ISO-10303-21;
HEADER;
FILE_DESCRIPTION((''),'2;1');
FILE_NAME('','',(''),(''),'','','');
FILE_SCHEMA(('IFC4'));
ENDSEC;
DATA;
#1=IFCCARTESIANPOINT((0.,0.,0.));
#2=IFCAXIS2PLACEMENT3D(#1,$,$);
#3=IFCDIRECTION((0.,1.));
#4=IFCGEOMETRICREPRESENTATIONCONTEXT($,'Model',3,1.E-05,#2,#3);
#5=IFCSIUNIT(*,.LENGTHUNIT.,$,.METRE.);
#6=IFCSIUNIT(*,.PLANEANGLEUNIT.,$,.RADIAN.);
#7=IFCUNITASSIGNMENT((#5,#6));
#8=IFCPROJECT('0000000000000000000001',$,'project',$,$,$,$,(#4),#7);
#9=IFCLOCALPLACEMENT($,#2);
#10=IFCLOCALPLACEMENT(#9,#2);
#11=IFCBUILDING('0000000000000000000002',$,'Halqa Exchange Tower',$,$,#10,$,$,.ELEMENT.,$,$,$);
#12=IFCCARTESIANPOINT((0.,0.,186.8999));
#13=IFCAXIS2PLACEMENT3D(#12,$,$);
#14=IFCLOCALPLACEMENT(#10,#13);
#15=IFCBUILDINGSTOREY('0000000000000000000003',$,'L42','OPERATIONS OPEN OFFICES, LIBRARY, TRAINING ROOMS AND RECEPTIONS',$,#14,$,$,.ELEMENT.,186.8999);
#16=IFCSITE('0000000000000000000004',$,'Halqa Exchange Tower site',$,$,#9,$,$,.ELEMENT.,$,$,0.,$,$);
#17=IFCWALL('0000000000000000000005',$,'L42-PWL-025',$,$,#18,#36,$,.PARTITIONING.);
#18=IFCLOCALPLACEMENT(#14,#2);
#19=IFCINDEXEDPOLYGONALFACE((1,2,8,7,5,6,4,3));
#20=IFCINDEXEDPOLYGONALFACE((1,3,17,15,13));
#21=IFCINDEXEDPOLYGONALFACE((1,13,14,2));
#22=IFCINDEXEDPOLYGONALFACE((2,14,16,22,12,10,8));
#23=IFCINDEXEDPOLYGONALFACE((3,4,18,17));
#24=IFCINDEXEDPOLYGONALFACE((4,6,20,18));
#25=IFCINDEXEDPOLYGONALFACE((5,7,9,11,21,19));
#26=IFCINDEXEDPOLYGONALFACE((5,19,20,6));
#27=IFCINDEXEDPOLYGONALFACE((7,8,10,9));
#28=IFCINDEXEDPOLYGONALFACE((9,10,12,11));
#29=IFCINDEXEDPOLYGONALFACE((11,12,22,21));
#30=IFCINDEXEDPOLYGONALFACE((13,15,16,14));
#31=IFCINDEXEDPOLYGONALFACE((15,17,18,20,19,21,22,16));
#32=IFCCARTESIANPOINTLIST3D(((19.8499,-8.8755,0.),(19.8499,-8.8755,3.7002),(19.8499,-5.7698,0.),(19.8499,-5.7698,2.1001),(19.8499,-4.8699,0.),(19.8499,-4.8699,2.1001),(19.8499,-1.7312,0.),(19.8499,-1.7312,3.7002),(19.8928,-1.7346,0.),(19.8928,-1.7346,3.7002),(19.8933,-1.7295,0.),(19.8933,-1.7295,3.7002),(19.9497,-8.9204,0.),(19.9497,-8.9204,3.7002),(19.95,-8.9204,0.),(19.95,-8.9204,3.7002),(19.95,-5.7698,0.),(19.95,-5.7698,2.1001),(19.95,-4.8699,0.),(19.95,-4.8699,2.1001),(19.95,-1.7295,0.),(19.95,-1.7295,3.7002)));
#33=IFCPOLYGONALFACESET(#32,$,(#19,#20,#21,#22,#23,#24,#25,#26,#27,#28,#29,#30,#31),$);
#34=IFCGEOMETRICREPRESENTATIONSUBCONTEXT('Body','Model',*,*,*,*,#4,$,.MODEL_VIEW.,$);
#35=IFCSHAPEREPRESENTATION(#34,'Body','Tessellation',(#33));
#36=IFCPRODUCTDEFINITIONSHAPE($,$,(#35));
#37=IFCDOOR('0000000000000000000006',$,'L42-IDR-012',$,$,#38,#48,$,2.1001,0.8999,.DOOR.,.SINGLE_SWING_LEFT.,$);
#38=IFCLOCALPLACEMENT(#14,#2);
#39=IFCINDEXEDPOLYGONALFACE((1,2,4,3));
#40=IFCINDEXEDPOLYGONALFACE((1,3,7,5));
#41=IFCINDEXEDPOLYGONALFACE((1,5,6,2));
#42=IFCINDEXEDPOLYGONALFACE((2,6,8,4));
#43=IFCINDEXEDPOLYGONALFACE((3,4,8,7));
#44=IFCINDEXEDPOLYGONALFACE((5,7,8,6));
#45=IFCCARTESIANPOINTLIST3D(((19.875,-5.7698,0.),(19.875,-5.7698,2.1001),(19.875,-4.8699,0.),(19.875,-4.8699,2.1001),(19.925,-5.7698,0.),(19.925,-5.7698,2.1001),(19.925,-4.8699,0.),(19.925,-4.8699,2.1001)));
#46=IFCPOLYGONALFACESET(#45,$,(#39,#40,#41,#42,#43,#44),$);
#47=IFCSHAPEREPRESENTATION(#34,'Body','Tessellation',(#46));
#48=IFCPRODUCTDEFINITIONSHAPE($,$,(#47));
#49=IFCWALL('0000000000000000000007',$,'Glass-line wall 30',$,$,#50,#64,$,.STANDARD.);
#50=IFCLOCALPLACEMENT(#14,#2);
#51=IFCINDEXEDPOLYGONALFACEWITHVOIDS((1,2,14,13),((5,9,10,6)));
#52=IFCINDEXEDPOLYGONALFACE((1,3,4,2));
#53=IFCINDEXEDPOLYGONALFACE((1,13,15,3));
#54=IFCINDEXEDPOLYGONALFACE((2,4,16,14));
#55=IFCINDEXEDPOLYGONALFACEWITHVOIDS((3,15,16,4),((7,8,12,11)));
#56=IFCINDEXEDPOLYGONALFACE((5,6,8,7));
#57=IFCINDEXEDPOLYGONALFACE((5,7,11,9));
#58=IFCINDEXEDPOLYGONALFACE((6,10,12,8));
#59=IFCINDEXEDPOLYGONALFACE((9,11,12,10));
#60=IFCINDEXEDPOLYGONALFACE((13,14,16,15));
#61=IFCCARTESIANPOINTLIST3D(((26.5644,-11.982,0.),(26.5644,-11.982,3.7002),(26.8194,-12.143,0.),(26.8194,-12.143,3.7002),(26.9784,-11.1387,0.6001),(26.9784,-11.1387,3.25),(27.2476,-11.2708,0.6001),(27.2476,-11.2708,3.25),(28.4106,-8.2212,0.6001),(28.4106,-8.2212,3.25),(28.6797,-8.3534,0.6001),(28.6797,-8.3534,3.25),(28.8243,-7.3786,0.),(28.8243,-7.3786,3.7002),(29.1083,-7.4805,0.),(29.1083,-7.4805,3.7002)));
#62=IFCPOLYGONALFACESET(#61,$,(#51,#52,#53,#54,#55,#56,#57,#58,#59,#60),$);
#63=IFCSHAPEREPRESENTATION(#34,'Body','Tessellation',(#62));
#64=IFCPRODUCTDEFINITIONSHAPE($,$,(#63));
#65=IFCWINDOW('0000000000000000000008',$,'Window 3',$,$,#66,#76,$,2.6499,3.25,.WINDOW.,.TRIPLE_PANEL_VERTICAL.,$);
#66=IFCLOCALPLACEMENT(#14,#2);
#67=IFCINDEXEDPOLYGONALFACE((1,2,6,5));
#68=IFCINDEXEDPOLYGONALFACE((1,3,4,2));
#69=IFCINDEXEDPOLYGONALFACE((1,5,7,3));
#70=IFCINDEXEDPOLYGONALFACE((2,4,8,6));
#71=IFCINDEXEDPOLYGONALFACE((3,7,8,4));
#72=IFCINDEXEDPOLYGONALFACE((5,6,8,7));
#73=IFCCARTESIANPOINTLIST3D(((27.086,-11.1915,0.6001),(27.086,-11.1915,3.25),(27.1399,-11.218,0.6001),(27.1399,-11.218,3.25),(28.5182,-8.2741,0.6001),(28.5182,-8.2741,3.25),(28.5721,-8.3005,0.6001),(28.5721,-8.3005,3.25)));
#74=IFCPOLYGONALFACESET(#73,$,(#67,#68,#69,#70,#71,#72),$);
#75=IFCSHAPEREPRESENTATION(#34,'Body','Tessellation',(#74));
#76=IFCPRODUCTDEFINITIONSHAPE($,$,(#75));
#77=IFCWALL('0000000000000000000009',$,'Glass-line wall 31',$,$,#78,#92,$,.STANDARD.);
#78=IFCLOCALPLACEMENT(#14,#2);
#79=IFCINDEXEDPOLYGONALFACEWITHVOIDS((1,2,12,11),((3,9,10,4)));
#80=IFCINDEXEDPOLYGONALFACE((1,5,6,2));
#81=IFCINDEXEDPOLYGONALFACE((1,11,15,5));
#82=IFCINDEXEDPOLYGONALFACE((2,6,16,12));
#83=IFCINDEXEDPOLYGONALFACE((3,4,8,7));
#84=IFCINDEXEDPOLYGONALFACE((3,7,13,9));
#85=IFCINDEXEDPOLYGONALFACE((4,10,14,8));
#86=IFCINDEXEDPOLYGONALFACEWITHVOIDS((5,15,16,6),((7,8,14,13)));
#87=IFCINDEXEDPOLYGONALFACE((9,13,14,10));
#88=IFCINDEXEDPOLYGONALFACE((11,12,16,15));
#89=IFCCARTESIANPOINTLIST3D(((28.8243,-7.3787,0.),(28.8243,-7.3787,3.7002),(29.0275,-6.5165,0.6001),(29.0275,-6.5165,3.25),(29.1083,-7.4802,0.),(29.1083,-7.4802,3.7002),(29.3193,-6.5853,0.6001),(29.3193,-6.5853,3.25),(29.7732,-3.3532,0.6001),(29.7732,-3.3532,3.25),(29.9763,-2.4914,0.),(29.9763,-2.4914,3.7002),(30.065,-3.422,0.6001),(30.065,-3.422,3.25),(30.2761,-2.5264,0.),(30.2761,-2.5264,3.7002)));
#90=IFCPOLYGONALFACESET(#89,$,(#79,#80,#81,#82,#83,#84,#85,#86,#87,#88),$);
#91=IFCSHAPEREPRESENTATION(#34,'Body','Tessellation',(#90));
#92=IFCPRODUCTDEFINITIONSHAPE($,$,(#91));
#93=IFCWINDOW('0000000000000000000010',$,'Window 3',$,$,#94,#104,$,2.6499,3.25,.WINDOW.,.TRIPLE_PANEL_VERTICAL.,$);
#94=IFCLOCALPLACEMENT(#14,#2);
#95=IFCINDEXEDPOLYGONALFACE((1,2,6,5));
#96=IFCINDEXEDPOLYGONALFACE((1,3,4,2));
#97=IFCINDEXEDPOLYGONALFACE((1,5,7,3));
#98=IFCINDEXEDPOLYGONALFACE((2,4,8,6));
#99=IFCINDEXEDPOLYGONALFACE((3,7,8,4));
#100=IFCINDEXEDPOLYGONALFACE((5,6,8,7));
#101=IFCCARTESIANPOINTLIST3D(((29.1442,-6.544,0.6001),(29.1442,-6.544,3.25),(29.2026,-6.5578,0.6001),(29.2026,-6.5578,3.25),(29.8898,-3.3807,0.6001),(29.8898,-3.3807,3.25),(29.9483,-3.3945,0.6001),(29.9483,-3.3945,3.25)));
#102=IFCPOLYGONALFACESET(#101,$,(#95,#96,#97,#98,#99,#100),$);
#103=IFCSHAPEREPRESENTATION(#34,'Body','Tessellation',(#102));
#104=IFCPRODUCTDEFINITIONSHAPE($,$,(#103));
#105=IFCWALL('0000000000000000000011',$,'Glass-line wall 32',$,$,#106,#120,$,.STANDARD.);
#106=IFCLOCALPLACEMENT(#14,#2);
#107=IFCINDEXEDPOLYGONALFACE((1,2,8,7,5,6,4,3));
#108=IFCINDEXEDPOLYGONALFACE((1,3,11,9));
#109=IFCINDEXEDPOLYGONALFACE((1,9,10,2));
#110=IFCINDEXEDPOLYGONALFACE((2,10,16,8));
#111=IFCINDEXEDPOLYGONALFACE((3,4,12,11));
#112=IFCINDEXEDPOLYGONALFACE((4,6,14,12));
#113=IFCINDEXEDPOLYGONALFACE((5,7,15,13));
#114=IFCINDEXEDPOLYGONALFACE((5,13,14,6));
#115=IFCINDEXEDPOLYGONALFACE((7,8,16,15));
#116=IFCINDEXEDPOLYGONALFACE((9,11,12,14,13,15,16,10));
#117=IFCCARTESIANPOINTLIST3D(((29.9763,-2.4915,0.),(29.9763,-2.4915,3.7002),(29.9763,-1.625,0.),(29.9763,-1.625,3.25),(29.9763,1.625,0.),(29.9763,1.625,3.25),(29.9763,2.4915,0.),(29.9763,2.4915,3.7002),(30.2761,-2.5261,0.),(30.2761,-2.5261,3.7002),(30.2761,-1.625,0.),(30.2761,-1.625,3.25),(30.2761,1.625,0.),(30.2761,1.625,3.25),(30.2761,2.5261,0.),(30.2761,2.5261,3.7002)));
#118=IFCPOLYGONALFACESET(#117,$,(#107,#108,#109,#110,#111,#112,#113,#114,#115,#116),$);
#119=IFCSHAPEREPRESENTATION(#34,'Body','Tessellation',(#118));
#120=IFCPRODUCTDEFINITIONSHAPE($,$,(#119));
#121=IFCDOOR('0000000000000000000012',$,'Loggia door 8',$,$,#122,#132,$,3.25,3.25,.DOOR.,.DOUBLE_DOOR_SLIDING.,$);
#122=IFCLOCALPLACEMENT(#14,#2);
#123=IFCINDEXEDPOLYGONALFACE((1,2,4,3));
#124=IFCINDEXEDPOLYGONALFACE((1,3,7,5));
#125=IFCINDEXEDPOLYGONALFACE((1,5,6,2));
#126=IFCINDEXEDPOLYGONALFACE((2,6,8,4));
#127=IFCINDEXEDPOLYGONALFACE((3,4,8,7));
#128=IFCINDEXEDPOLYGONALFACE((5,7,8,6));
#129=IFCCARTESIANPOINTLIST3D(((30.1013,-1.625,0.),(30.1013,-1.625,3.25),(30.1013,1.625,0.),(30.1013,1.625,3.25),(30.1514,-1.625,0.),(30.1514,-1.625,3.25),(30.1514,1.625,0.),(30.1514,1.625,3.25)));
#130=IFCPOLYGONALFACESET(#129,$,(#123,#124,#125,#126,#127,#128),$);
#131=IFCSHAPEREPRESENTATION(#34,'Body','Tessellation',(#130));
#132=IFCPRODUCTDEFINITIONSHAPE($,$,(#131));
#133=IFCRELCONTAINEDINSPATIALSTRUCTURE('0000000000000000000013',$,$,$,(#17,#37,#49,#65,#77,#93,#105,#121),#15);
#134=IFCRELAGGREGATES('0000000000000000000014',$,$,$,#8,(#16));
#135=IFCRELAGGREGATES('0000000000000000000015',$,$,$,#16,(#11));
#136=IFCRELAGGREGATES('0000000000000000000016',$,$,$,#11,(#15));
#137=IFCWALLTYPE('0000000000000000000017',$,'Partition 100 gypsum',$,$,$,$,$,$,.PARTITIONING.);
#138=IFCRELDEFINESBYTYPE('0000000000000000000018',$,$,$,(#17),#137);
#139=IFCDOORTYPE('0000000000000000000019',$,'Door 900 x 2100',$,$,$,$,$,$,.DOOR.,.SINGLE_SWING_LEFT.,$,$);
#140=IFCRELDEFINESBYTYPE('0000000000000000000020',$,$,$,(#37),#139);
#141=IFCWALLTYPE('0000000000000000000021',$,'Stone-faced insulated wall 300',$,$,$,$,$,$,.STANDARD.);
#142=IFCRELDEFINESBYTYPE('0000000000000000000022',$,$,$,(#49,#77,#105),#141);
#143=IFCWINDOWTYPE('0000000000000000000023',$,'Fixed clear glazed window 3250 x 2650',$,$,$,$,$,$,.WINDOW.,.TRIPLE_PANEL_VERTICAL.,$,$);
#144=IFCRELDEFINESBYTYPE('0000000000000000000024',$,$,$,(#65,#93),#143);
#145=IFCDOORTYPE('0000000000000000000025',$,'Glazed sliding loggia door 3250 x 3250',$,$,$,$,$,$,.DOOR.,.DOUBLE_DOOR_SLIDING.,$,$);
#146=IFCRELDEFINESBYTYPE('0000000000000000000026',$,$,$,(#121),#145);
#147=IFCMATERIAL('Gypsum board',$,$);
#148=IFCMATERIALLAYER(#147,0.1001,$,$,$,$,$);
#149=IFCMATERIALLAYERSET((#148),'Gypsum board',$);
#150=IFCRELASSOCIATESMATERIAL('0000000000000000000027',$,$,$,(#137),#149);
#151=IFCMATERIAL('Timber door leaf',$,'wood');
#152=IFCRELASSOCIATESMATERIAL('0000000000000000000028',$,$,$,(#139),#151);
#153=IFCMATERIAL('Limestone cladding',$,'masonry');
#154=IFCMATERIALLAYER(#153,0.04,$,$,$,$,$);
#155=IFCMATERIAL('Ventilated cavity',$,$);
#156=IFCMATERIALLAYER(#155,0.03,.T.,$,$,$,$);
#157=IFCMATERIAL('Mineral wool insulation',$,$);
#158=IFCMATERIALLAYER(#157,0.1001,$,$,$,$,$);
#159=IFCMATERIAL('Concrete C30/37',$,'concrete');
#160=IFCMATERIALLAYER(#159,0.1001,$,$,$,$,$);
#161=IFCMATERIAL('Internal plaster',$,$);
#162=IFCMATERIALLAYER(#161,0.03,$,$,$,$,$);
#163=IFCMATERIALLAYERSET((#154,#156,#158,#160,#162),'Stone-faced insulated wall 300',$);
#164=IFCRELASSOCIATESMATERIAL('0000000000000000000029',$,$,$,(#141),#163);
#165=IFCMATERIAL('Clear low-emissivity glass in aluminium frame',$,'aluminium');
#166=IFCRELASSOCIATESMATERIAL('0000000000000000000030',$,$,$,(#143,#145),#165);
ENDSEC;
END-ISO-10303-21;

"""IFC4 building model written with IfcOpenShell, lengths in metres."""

from ifc_helpers import new_model, si_unit, direction, frame, frame_2d, origin, place, context, subcontext, project, spatial, polyline, rectangle, outline, extrude, material, layer, layer_set, type_object, element, fill, save


model = new_model("IFC4")

# Units and contexts
model_context = context("Model", 3, precision=1e-05, world=origin(), true_north=direction((0.0, 1.0)))
body_context = subcontext(model_context, "Body", "Model", "MODEL_VIEW")
ifc_project = project(units=[si_unit("LENGTHUNIT", "METRE"), si_unit("PLANEANGLEUNIT", "RADIAN")], contexts=[model_context])

# Site, building, storey
site_placement = place(None, origin())
site = spatial("IfcSite", under=ifc_project, at=site_placement, Name="Halqa Exchange Tower site", CompositionType="ELEMENT", RefElevation=0.0)
building_placement = place(site_placement, origin())
building = spatial("IfcBuilding", under=site, at=building_placement, Name="Halqa Exchange Tower", CompositionType="ELEMENT")
storey_placement = place(building_placement, frame((0.0, 0.0, 186.8999)))
storey = spatial("IfcBuildingStorey", under=building, at=storey_placement, Name="L42", Description="OPERATIONS OPEN OFFICES, LIBRARY, TRAINING ROOMS AND RECEPTIONS", CompositionType="ELEMENT", Elevation=186.8999)

# Wall, opening, door
ifc_material_1 = material(Name="Gypsum board")
ifc_layer_1 = layer(ifc_material_1, 0.1001)
ifc_layer_set_1 = layer_set([ifc_layer_1], Name="Gypsum board")
wall_type_1 = type_object("IfcWallType", Name="Partition 100 gypsum", PredefinedType="PARTITIONING", material=ifc_layer_set_1)
wall_1_placement = place(storey_placement, frame((19.8999, -1.7295, 0.0), z_axis=(0.0, 0.0, 1.0), x_axis=(0.0, -1.0, 0.0)))
wall_1 = element("IfcWall", 1, at=wall_1_placement, inside=storey, type_object=wall_type_1, Name="L42-PWL-025", PredefinedType="PARTITIONING", context=body_context, shape_type="SweptSolid", body=[
    extrude(outline(polyline([(0.0017, -0.05), (1.7876, -0.05), (3.5737, -0.05), (5.3599, -0.05), (7.146, -0.05), (7.1909, 0.0498), (7.1909, 0.05), (5.3931, 0.05), (3.5955, 0.05), (1.7979, 0.05), (0.0, 0.05), (0.0, -0.0066), (0.0051, -0.0071), (0.0017, -0.05)])), origin(), (0.0, 0.0, 1.0), 3.7002),
])
opening_1_placement = place(wall_1_placement, frame((3.1404, 0.0, 0.0)))
opening_1 = element("IfcOpeningElement", 2, at=opening_1_placement, cuts=wall_1, PredefinedType="OPENING", context=body_context, shape_type="SweptSolid", body=[
    extrude(rectangle(XDim=0.8999, YDim=2.1001, at=frame_2d((0.45, 1.05))), frame((0.0, 0.062, 0.0), z_axis=(0.0, -1.0, 0.0), x_axis=(1.0, 0.0, 0.0)), (0.0, 0.0, 1.0), 0.124),
])
ifc_material_2 = material(Name="Timber door leaf", Category="wood")
door_type_1 = type_object("IfcDoorType", Name="Door 900 x 2100", OperationType="SINGLE_SWING_LEFT", PredefinedType="DOOR", material=ifc_material_2)
door_1_placement = place(opening_1_placement, frame((0.8999, 0.0, 0.0), z_axis=(0.0, 0.0, 1.0), x_axis=(-1.0, 0.0, 0.0)))
door_1 = element("IfcDoor", 3, at=door_1_placement, inside=storey, type_object=door_type_1, Name="L42-IDR-012", OperationType="SINGLE_SWING_LEFT", OverallHeight=2.1001, OverallWidth=0.8999, PredefinedType="DOOR", context=body_context, shape_type="SweptSolid", body=[
    extrude(rectangle(XDim=0.8999, YDim=2.1001, at=frame_2d((0.45, 1.05))), frame((0.0, 0.0249, 0.0), z_axis=(0.0, -1.0, 0.0), x_axis=(1.0, 0.0, 0.0)), (0.0, 0.0, 1.0), 0.05),
])
fill(opening_1, door_1)

# Walls, openings, windows
ifc_material_3 = material(Name="Limestone cladding", Category="masonry")
ifc_layer_2 = layer(ifc_material_3, 0.04)
ifc_material_4 = material(Name="Ventilated cavity")
ifc_layer_3 = layer(ifc_material_4, 0.03, ventilated=True)
ifc_material_5 = material(Name="Mineral wool insulation")
ifc_layer_4 = layer(ifc_material_5, 0.1001)
ifc_material_6 = material(Name="Concrete C30/37", Category="concrete")
ifc_layer_5 = layer(ifc_material_6, 0.1001)
ifc_material_7 = material(Name="Internal plaster")
ifc_layer_6 = layer(ifc_material_7, 0.03)
ifc_layer_set_2 = layer_set([ifc_layer_2, ifc_layer_3, ifc_layer_4, ifc_layer_5, ifc_layer_6], Name="Stone-faced insulated wall 300")
wall_type_2 = type_object("IfcWallType", Name="Stone-faced insulated wall 300", PredefinedType="STANDARD", material=ifc_layer_set_2)
wall_2_placement = place(storey_placement, frame((26.6919, -12.0625, 0.0), z_axis=(0.0, 0.0, 1.0), x_axis=(0.440674, 0.897667, 0.0)))
wall_2 = element("IfcWall", 4, at=wall_2_placement, inside=storey, type_object=wall_type_2, Name="Glass-line wall 30", PredefinedType="STANDARD", context=body_context, shape_type="SweptSolid", body=[
    extrude(outline(polyline([(-0.0161, -0.1499), (5.178, -0.1499), (5.1443, 0.1499), (0.0161, 0.1499), (-0.0161, -0.1499)])), origin(), (0.0, 0.0, 1.0), 3.7002),
])
opening_2_placement = place(wall_2_placement, frame((0.9556, 0.0, 0.6001)))
opening_2 = element("IfcOpeningElement", 5, at=opening_2_placement, cuts=wall_2, PredefinedType="OPENING", context=body_context, shape_type="SweptSolid", body=[
    extrude(rectangle(XDim=3.25, YDim=2.6499, at=frame_2d((1.625, 1.325))), frame((0.0, 0.1621, 0.0), z_axis=(0.0, -1.0, 0.0), x_axis=(1.0, 0.0, 0.0)), (0.0, 0.0, 1.0), 0.324),
])
ifc_material_8 = material(Name="Clear low-emissivity glass in aluminium frame", Category="aluminium")
window_type = type_object("IfcWindowType", Name="Fixed clear glazed window 3250 x 2650", PartitioningType="TRIPLE_PANEL_VERTICAL", PredefinedType="WINDOW", material=ifc_material_8)
window_1_placement = place(opening_2_placement, origin())
window_1 = element("IfcWindow", 6, at=window_1_placement, inside=storey, type_object=window_type, Name="Window 3", OverallHeight=2.6499, OverallWidth=3.25, PartitioningType="TRIPLE_PANEL_VERTICAL", PredefinedType="WINDOW", context=body_context, shape_type="SweptSolid", body=[
    extrude(rectangle(XDim=3.25, YDim=2.6499, at=frame_2d((1.625, 1.325))), frame((0.0, 0.03, 0.0), z_axis=(0.0, -1.0, 0.0), x_axis=(1.0, 0.0, 0.0)), (0.0, 0.0, 1.0), 0.0601),
])
fill(opening_2, window_1)
wall_3_placement = place(storey_placement, frame((28.9663, -7.4294, 0.0), z_axis=(0.0, 0.0, 1.0), x_axis=(0.229435, 0.973324, 0.0)))
wall_3 = element("IfcWall", 7, at=wall_3_placement, inside=storey, type_object=wall_type_2, Name="Glass-line wall 31", PredefinedType="STANDARD", context=body_context, shape_type="SweptSolid", body=[
    extrude(outline(polyline([(-0.0168, -0.1499), (5.0728, -0.1499), (5.0381, 0.1499), (0.0168, 0.1499), (-0.0168, -0.1499)])), origin(), (0.0, 0.0, 1.0), 3.7002),
])
opening_3_placement = place(wall_3_placement, frame((0.9026, 0.0, 0.6001)))
opening_3 = element("IfcOpeningElement", 8, at=opening_3_placement, cuts=wall_3, PredefinedType="OPENING", context=body_context, shape_type="SweptSolid", body=[
    extrude(rectangle(XDim=3.25, YDim=2.6499, at=frame_2d((1.625, 1.325))), frame((0.0, 0.1621, 0.0), z_axis=(0.0, -1.0, 0.0), x_axis=(1.0, 0.0, 0.0)), (0.0, 0.0, 1.0), 0.324),
])
window_2_placement = place(opening_3_placement, origin())
window_2 = element("IfcWindow", 9, at=window_2_placement, inside=storey, type_object=window_type, Name="Window 3", OverallHeight=2.6499, OverallWidth=3.25, PartitioningType="TRIPLE_PANEL_VERTICAL", PredefinedType="WINDOW", context=body_context, shape_type="SweptSolid", body=[
    extrude(rectangle(XDim=3.25, YDim=2.6499, at=frame_2d((1.625, 1.325))), frame((0.0, 0.03, 0.0), z_axis=(0.0, -1.0, 0.0), x_axis=(1.0, 0.0, 0.0)), (0.0, 0.0, 1.0), 0.0601),
])
fill(opening_3, window_2)

# Wall, opening, door
wall_4_placement = place(storey_placement, frame((30.1262, -2.5088, 0.0), z_axis=(0.0, 0.0, 1.0), x_axis=(0.0, 1.0, 0.0)))
wall_4 = element("IfcWall", 10, at=wall_4_placement, inside=storey, type_object=wall_type_2, Name="Glass-line wall 32", PredefinedType="STANDARD", context=body_context, shape_type="SweptSolid", body=[
    extrude(outline(polyline([(-0.0173, -0.1499), (5.0349, -0.1499), (5.0002, 0.1499), (0.0173, 0.1499), (-0.0173, -0.1499)])), origin(), (0.0, 0.0, 1.0), 3.7002),
])
opening_4_placement = place(wall_4_placement, frame((0.8838, 0.0, 0.0)))
opening_4 = element("IfcOpeningElement", 11, at=opening_4_placement, cuts=wall_4, PredefinedType="OPENING", context=body_context, shape_type="SweptSolid", body=[
    extrude(rectangle(XDim=3.25, YDim=3.25, at=frame_2d((1.625, 1.625))), frame((0.0, 0.1621, 0.0), z_axis=(0.0, -1.0, 0.0), x_axis=(1.0, 0.0, 0.0)), (0.0, 0.0, 1.0), 0.324),
])
door_type_2 = type_object("IfcDoorType", Name="Glazed sliding loggia door 3250 x 3250", OperationType="DOUBLE_DOOR_SLIDING", PredefinedType="DOOR", material=ifc_material_8)
door_2_placement = place(opening_4_placement, origin())
door_2 = element("IfcDoor", 12, at=door_2_placement, inside=storey, type_object=door_type_2, Name="Loggia door 8", OperationType="DOUBLE_DOOR_SLIDING", OverallHeight=3.25, OverallWidth=3.25, PredefinedType="DOOR", context=body_context, shape_type="SweptSolid", body=[
    extrude(rectangle(XDim=3.25, YDim=3.25, at=frame_2d((1.625, 1.625))), frame((0.0, 0.0249, 0.0), z_axis=(0.0, -1.0, 0.0), x_axis=(1.0, 0.0, 0.0)), (0.0, 0.0, 1.0), 0.05),
])
fill(opening_4, door_2)

save(model, "model.ifc")
